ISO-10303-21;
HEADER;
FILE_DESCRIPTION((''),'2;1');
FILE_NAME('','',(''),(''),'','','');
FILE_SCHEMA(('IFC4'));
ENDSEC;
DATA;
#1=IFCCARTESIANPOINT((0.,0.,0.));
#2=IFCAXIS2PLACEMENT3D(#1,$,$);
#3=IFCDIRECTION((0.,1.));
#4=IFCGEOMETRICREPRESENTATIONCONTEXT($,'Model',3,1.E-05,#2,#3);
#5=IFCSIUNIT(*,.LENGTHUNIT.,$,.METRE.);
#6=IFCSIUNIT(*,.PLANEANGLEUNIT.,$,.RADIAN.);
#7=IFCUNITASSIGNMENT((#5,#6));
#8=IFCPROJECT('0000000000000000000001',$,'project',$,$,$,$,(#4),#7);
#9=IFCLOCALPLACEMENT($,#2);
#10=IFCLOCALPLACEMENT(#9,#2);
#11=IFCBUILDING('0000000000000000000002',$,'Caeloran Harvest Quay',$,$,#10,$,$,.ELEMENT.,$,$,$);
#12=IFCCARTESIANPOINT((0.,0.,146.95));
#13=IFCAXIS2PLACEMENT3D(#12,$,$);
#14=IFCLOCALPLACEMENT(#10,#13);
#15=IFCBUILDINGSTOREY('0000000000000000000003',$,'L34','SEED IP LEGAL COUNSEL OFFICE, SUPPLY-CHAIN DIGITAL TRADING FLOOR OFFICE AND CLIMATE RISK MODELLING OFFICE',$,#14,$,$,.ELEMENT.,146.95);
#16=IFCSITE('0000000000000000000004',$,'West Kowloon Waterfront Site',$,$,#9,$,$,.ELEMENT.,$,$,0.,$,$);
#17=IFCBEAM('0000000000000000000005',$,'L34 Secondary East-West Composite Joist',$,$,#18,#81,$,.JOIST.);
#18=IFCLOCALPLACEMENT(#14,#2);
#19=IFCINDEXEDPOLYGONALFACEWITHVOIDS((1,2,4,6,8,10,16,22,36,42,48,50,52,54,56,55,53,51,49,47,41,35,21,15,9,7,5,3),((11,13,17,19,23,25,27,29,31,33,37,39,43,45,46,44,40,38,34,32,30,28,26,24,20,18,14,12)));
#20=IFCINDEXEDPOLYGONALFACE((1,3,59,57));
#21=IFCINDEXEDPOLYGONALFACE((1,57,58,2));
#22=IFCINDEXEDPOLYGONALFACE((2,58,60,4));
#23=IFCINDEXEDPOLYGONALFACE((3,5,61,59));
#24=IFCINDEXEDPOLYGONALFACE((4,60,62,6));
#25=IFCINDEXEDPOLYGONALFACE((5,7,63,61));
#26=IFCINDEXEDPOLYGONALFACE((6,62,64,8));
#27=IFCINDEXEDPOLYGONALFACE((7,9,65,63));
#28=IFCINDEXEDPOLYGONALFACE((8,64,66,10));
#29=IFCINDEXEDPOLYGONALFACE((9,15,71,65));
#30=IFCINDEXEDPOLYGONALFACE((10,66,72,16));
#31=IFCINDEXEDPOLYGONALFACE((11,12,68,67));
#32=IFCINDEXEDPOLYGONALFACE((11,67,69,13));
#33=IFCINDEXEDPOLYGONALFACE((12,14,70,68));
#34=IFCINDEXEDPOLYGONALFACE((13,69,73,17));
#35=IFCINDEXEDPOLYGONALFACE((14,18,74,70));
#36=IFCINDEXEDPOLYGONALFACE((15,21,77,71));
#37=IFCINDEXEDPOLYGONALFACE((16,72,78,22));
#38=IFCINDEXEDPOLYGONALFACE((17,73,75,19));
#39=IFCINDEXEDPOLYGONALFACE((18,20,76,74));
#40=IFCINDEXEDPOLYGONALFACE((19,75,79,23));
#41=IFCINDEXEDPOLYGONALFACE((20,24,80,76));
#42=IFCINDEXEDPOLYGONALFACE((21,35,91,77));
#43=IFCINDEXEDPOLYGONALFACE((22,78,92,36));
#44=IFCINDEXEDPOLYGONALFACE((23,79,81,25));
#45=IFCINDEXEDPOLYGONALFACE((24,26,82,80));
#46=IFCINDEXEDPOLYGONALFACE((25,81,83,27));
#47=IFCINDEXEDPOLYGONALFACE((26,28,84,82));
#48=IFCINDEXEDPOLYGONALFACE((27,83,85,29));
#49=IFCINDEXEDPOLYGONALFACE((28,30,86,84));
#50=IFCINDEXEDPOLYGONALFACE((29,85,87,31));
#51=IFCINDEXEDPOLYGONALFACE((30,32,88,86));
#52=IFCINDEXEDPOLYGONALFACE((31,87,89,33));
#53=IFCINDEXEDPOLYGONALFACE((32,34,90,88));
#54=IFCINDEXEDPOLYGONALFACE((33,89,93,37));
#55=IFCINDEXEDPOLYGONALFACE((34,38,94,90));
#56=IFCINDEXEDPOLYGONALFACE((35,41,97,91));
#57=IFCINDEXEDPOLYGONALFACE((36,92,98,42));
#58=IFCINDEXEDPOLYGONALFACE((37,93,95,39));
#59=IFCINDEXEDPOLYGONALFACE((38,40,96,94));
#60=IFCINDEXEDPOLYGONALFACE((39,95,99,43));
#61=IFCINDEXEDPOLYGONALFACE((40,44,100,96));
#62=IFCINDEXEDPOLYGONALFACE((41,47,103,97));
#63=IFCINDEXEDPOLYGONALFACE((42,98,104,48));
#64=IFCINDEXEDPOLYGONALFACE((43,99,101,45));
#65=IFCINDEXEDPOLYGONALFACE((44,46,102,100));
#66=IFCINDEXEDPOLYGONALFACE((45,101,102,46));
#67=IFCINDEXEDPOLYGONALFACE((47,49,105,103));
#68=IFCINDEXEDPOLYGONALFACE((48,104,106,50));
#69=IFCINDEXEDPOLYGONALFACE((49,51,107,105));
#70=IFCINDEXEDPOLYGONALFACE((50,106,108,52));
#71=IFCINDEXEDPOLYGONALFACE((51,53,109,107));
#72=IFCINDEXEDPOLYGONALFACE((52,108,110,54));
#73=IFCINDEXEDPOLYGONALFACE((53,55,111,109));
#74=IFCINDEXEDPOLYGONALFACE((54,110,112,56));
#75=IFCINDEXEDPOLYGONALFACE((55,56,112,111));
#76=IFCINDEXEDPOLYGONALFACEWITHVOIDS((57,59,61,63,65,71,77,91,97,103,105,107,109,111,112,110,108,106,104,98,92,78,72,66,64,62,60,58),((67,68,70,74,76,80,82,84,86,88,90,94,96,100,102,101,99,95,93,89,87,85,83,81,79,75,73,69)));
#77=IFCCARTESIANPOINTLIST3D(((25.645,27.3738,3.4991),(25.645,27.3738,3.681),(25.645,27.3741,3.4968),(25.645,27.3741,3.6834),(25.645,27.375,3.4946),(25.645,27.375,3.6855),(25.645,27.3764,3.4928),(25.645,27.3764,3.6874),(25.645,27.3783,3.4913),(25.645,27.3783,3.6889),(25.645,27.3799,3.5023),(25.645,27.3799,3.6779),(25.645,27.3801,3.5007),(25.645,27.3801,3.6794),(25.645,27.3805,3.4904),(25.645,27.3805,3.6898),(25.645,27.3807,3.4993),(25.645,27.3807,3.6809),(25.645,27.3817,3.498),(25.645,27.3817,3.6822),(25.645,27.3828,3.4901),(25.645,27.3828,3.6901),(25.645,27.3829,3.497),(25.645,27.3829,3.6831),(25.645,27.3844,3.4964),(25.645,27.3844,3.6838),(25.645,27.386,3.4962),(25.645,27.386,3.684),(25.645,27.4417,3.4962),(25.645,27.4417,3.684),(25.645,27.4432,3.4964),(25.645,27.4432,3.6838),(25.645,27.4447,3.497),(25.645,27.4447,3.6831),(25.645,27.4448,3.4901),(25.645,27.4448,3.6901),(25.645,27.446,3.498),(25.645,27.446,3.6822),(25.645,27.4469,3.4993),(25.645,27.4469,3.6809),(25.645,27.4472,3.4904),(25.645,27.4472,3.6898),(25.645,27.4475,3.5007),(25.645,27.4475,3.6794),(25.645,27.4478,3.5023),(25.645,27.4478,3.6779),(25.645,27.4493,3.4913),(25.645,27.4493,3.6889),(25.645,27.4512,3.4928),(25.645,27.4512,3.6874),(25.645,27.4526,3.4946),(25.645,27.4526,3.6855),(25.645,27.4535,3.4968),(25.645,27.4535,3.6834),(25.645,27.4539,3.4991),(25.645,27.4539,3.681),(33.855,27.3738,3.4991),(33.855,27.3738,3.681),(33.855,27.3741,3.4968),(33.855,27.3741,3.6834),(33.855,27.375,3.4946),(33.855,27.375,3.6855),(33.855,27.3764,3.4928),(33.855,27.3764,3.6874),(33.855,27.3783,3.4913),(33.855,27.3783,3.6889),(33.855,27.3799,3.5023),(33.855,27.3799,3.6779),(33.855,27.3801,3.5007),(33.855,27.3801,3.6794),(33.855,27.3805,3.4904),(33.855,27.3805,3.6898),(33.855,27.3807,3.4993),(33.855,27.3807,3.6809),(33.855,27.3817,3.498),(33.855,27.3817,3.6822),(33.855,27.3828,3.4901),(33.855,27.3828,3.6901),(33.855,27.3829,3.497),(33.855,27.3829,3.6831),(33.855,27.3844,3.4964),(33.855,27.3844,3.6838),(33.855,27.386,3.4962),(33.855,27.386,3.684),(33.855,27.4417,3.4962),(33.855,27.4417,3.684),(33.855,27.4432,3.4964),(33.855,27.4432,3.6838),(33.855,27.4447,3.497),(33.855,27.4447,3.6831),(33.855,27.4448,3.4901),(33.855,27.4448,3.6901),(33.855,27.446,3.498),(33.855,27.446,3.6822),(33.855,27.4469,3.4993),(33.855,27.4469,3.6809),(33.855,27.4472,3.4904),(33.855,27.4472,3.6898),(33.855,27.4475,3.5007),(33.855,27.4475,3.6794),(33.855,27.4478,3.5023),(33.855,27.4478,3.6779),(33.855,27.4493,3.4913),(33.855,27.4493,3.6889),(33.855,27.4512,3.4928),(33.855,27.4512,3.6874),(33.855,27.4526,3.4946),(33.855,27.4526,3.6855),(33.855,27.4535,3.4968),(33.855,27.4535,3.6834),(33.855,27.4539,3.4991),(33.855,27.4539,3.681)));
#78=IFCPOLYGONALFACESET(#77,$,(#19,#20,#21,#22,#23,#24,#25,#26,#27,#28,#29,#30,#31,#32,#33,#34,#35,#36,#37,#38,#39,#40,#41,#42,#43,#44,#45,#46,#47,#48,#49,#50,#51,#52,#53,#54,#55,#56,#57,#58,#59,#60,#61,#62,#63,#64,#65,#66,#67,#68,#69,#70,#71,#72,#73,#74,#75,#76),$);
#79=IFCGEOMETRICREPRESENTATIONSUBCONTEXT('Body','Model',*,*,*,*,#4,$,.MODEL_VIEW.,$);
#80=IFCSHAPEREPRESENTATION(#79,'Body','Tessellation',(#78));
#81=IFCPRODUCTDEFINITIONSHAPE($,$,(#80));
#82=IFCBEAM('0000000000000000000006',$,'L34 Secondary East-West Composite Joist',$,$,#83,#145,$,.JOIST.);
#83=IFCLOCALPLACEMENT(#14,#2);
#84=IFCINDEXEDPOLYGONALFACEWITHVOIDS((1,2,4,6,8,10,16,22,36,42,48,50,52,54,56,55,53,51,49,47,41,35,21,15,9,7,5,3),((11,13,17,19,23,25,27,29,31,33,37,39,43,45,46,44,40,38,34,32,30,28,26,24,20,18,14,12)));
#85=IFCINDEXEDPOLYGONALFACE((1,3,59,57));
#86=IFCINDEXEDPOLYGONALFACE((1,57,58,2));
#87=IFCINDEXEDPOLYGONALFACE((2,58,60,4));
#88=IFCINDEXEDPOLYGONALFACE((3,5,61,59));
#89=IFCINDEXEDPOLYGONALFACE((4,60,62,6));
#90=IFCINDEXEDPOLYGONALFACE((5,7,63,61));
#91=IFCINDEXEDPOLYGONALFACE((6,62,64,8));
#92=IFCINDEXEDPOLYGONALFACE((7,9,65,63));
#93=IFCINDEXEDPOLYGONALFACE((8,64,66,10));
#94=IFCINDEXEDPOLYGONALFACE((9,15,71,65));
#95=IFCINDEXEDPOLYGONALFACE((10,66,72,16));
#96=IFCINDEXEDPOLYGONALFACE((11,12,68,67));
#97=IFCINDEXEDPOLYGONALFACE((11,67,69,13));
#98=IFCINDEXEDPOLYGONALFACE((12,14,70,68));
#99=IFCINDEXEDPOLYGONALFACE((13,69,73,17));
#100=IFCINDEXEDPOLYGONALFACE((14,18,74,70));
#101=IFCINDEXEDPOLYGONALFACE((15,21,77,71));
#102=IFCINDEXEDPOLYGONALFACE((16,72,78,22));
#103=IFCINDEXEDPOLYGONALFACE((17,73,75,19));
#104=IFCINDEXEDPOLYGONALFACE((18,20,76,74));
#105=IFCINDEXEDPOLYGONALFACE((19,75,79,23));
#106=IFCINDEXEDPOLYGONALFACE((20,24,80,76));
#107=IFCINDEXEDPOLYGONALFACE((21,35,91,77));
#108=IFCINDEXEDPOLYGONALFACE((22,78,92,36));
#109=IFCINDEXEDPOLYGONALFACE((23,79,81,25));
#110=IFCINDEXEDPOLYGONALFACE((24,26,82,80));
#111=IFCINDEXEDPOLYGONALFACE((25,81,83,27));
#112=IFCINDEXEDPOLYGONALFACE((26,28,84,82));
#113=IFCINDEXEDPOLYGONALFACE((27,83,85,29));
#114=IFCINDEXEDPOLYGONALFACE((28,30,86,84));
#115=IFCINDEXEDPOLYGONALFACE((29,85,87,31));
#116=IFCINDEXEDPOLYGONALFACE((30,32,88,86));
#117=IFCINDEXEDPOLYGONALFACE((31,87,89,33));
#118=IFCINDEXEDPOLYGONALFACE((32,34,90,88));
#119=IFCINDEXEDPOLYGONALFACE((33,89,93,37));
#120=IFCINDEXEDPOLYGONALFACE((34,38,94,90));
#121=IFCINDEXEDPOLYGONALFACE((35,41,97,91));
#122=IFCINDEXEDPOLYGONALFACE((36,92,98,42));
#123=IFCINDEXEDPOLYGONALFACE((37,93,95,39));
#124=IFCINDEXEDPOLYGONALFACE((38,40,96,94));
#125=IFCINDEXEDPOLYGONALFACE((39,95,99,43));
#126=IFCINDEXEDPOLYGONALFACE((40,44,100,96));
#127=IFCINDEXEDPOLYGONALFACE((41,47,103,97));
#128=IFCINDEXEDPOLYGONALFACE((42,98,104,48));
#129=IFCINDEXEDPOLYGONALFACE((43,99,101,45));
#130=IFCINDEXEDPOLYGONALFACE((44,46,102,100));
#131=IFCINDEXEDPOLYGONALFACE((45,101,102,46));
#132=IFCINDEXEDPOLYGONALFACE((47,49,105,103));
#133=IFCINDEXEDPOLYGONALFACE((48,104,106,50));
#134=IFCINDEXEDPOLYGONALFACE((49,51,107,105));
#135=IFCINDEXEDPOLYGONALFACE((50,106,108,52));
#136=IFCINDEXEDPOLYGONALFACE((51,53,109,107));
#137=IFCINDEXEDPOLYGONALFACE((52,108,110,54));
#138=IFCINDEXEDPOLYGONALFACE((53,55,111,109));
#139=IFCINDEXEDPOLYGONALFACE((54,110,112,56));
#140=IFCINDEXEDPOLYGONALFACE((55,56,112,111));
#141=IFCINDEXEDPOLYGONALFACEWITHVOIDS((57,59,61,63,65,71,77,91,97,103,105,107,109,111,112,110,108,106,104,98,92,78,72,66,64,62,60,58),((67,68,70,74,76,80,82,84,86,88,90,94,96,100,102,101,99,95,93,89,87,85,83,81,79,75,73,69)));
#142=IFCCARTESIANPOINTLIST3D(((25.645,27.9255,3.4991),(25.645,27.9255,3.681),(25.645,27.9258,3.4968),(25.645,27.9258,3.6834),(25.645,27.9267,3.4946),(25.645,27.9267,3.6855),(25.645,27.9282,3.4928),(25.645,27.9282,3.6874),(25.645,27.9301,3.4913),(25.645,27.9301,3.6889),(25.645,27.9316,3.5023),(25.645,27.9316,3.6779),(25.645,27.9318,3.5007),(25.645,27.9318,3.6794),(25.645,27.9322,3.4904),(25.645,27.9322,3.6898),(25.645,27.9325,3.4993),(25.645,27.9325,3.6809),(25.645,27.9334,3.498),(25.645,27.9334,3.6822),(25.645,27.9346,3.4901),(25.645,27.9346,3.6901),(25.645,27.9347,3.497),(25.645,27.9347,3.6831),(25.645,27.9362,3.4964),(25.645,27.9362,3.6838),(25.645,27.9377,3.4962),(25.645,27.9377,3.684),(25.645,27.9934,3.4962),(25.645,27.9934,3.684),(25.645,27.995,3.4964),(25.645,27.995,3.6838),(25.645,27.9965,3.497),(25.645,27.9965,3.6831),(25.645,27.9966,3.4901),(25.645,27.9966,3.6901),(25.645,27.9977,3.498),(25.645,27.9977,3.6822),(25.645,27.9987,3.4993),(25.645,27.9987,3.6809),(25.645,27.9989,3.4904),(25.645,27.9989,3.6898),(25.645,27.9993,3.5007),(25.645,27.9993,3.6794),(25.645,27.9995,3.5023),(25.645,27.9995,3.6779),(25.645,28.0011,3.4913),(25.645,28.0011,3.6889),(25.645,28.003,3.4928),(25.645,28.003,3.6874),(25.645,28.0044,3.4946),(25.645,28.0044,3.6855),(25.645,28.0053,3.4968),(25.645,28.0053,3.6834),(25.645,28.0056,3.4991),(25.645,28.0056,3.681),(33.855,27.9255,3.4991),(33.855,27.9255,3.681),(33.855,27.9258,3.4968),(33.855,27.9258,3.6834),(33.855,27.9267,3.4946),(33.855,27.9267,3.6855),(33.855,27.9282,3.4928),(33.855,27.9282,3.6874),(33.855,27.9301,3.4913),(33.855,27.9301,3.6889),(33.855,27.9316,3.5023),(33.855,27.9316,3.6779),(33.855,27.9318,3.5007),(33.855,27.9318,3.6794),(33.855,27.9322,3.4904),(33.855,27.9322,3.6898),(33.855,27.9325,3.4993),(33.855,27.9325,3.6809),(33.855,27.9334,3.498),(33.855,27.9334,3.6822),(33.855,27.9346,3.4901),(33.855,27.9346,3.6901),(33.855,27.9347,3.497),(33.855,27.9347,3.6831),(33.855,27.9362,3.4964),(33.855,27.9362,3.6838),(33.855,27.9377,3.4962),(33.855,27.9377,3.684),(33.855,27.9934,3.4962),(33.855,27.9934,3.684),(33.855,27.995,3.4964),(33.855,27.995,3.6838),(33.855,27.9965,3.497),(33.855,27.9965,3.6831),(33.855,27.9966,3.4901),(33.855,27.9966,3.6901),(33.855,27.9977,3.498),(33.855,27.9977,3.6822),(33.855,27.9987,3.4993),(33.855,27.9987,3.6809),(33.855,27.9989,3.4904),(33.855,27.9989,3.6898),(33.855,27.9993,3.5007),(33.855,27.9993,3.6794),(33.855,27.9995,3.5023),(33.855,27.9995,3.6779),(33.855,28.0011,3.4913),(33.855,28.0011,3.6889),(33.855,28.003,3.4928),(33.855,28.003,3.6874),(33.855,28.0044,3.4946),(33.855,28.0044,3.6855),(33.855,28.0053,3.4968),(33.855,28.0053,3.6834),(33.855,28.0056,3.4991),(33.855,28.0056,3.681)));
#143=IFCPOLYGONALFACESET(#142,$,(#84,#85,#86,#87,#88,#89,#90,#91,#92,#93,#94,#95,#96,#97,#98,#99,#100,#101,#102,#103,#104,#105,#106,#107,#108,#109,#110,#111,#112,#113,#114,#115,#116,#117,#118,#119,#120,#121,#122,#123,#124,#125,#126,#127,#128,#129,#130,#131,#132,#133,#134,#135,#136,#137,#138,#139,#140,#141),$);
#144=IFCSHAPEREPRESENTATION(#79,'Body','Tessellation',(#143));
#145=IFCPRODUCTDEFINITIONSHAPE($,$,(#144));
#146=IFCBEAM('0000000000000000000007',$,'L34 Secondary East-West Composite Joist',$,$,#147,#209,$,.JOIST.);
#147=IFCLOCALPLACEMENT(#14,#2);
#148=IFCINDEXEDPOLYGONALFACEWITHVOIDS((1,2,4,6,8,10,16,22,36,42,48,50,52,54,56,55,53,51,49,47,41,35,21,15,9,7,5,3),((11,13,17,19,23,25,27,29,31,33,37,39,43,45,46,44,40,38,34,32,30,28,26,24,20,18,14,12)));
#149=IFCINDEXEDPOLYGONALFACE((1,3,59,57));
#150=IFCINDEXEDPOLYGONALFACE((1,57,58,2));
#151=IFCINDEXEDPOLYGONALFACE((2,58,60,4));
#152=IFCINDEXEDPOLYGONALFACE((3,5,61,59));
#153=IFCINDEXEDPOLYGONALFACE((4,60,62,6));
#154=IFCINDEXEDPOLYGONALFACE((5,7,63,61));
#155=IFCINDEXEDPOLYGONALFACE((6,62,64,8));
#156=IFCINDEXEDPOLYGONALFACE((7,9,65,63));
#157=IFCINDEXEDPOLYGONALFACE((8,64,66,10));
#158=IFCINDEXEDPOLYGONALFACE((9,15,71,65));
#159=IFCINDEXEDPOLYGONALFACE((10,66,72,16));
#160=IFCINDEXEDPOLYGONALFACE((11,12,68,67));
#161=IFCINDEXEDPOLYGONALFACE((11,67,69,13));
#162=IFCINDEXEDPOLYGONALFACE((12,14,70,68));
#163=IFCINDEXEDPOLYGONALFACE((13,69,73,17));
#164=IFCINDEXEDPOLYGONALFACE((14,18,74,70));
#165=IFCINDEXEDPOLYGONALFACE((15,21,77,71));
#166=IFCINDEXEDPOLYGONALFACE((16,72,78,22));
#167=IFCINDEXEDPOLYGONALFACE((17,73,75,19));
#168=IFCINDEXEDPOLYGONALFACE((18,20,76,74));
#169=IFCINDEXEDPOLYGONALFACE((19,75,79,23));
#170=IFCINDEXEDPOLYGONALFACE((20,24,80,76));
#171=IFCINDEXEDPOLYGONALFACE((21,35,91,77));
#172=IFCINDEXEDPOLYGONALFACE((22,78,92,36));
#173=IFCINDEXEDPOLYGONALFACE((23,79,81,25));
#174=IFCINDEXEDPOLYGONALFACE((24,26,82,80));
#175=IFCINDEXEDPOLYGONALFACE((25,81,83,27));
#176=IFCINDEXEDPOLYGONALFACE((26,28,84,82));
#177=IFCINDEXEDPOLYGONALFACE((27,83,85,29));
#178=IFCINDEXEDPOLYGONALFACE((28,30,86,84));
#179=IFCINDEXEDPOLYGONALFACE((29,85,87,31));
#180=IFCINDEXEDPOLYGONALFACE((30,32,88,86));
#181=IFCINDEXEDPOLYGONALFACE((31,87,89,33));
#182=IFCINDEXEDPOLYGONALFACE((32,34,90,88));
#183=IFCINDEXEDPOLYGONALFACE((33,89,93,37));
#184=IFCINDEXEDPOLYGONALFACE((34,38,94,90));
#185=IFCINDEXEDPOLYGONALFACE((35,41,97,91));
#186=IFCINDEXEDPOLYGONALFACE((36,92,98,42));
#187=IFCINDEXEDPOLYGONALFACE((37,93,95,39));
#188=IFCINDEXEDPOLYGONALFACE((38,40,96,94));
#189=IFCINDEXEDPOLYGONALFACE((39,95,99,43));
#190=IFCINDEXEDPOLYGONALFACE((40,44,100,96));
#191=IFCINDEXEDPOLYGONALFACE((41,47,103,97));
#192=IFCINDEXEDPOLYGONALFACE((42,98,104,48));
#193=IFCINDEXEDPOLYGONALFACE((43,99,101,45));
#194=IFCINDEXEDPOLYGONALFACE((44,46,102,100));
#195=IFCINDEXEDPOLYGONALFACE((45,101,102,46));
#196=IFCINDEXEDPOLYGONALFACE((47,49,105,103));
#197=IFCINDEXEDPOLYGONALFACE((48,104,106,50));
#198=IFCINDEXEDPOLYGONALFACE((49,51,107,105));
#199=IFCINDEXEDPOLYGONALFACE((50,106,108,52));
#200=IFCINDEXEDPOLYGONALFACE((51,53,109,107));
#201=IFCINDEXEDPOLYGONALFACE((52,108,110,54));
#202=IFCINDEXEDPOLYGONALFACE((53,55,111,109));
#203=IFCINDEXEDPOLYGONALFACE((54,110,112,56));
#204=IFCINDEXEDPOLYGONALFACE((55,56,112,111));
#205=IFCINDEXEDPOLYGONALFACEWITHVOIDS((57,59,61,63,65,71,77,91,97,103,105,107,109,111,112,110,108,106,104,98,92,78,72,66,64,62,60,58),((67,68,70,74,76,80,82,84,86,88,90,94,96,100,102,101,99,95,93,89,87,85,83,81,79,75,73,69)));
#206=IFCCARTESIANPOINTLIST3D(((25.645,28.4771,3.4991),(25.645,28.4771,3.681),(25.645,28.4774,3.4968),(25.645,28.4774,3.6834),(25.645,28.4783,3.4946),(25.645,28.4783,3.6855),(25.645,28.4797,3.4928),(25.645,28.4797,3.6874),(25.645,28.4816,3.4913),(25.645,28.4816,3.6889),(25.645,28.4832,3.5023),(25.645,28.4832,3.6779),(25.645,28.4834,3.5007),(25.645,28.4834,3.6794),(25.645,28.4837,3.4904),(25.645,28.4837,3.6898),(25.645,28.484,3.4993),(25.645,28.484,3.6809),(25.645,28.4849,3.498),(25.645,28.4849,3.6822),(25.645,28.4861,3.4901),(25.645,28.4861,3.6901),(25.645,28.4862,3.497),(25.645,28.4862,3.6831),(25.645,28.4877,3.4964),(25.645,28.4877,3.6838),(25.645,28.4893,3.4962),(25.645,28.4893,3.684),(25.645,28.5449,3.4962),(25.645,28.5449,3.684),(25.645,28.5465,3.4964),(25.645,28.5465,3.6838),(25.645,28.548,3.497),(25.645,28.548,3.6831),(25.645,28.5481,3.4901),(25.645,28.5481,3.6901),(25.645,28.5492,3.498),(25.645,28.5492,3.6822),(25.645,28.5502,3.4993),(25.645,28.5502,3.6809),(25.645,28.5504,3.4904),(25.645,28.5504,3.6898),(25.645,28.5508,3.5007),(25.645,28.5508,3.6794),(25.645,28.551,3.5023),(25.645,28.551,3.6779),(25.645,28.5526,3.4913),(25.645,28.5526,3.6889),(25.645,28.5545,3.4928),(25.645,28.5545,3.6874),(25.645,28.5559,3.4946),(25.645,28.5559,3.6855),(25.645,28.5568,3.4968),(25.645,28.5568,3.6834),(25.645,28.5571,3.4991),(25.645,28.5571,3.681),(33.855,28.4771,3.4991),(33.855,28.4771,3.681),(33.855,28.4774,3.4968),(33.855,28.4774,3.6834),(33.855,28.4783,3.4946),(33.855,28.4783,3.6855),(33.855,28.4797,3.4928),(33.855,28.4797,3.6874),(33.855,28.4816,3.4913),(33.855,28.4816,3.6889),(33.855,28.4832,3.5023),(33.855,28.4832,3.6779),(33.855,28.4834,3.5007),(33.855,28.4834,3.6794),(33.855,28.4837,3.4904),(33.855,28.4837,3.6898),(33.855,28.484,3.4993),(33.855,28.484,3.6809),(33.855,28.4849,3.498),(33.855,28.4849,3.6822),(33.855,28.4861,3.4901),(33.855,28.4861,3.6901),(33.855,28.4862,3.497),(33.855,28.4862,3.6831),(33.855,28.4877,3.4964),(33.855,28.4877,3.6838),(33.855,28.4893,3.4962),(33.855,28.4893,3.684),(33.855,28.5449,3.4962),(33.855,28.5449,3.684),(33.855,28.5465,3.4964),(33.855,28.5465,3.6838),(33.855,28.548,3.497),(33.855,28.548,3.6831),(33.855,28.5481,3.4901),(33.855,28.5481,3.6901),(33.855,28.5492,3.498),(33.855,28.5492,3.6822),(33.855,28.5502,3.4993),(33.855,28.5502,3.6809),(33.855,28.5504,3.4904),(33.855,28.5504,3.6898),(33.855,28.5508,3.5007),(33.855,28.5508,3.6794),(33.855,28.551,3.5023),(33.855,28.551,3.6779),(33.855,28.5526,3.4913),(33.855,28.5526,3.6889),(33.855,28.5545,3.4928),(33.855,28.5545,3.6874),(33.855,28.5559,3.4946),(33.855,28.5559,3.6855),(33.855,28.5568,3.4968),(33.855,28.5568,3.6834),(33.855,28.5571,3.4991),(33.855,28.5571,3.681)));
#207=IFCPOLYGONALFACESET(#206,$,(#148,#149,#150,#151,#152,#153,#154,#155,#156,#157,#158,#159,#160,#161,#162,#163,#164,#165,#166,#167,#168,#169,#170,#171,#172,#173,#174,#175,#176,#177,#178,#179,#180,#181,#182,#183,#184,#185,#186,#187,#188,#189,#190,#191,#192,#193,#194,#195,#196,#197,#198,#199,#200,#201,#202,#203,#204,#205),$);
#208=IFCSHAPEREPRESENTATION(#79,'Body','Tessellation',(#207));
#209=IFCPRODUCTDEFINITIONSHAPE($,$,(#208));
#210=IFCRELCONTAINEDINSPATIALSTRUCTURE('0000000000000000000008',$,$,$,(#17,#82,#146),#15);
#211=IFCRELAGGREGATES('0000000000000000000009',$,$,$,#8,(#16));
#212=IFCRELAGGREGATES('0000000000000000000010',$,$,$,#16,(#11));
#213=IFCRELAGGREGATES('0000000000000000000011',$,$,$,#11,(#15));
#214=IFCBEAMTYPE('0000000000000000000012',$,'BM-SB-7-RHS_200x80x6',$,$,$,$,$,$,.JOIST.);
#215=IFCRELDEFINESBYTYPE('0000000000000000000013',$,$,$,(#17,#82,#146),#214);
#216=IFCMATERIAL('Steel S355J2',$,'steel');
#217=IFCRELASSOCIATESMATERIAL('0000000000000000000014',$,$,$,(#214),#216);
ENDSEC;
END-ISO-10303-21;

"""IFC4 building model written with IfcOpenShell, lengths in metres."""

from ifc_helpers import new_model, si_unit, direction, frame, origin, origin_2d, place, context, subcontext, project, spatial, hollow_rectangle, extrude, material, material_profile, profile_set, type_object, element, save


model = new_model("IFC4")

# Units and contexts
model_context = context("Model", 3, precision=1e-05, world=origin(), true_north=direction((0.0, 1.0)))
body_context = subcontext(model_context, "Body", "Model", "MODEL_VIEW")
ifc_project = project(units=[si_unit("LENGTHUNIT", "METRE"), si_unit("PLANEANGLEUNIT", "RADIAN")], contexts=[model_context])

# Site, building, storey
site_placement = place(None, origin())
site = spatial("IfcSite", under=ifc_project, at=site_placement, Name="West Kowloon Waterfront Site", CompositionType="ELEMENT", RefElevation=0.0)
building_placement = place(site_placement, origin())
building = spatial("IfcBuilding", under=site, at=building_placement, Name="Caeloran Harvest Quay", CompositionType="ELEMENT")
storey_placement = place(building_placement, frame((0.0, 0.0, 146.95)))
storey = spatial("IfcBuildingStorey", under=building, at=storey_placement, Name="L34", Description="SEED IP LEGAL COUNSEL OFFICE, SUPPLY-CHAIN DIGITAL TRADING FLOOR OFFICE AND CLIMATE RISK MODELLING OFFICE", CompositionType="ELEMENT", Elevation=146.95)

# Beams
ifc_material_1 = material(Name="Steel S355J2", Category="steel")
ifc_material_profile_1 = material_profile(ifc_material_1, hollow_rectangle(XDim=0.0801, YDim=0.2, WallThickness=0.0061, InnerFilletRadius=0.0061, OuterFilletRadius=0.009, at=origin_2d()), Name="RHS 200x80x6")
ifc_profile_set_1 = profile_set([ifc_material_profile_1], Name="Steel S355J2")
beam_type_1 = type_object("IfcBeamType", Name="BM-SB-7-RHS_200x80x6", PredefinedType="JOIST", material=ifc_profile_set_1)
for number, where, z_axis, x_axis, name in (
    (1, (25.645, 27.4138, 3.5901), (1.0, 0.0, 0.0), (0.0, 1.0, 0.0), "L34 Secondary East-West Composite Joist"),
    (2, (25.645, 27.9656, 3.5901), (1.0, 0.0, 0.0), (0.0, 1.0, 0.0), "L34 Secondary East-West Composite Joist"),
    (3, (25.645, 28.5171, 3.5901), (1.0, 0.0, 0.0), (0.0, 1.0, 0.0), "L34 Secondary East-West Composite Joist"),
):
    element("IfcBeam", number, at=place(storey_placement, frame(where, z_axis=z_axis, x_axis=x_axis)), inside=storey, type_object=beam_type_1, Name=name, PredefinedType="JOIST", context=body_context, shape_type="SweptSolid", body=[
        extrude(hollow_rectangle(XDim=0.0801, YDim=0.2, WallThickness=0.0061, InnerFilletRadius=0.0061, OuterFilletRadius=0.009, at=origin_2d()), origin(), (0.0, 0.0, 1.0), 8.21),
    ])

save(model, "model.ifc")
